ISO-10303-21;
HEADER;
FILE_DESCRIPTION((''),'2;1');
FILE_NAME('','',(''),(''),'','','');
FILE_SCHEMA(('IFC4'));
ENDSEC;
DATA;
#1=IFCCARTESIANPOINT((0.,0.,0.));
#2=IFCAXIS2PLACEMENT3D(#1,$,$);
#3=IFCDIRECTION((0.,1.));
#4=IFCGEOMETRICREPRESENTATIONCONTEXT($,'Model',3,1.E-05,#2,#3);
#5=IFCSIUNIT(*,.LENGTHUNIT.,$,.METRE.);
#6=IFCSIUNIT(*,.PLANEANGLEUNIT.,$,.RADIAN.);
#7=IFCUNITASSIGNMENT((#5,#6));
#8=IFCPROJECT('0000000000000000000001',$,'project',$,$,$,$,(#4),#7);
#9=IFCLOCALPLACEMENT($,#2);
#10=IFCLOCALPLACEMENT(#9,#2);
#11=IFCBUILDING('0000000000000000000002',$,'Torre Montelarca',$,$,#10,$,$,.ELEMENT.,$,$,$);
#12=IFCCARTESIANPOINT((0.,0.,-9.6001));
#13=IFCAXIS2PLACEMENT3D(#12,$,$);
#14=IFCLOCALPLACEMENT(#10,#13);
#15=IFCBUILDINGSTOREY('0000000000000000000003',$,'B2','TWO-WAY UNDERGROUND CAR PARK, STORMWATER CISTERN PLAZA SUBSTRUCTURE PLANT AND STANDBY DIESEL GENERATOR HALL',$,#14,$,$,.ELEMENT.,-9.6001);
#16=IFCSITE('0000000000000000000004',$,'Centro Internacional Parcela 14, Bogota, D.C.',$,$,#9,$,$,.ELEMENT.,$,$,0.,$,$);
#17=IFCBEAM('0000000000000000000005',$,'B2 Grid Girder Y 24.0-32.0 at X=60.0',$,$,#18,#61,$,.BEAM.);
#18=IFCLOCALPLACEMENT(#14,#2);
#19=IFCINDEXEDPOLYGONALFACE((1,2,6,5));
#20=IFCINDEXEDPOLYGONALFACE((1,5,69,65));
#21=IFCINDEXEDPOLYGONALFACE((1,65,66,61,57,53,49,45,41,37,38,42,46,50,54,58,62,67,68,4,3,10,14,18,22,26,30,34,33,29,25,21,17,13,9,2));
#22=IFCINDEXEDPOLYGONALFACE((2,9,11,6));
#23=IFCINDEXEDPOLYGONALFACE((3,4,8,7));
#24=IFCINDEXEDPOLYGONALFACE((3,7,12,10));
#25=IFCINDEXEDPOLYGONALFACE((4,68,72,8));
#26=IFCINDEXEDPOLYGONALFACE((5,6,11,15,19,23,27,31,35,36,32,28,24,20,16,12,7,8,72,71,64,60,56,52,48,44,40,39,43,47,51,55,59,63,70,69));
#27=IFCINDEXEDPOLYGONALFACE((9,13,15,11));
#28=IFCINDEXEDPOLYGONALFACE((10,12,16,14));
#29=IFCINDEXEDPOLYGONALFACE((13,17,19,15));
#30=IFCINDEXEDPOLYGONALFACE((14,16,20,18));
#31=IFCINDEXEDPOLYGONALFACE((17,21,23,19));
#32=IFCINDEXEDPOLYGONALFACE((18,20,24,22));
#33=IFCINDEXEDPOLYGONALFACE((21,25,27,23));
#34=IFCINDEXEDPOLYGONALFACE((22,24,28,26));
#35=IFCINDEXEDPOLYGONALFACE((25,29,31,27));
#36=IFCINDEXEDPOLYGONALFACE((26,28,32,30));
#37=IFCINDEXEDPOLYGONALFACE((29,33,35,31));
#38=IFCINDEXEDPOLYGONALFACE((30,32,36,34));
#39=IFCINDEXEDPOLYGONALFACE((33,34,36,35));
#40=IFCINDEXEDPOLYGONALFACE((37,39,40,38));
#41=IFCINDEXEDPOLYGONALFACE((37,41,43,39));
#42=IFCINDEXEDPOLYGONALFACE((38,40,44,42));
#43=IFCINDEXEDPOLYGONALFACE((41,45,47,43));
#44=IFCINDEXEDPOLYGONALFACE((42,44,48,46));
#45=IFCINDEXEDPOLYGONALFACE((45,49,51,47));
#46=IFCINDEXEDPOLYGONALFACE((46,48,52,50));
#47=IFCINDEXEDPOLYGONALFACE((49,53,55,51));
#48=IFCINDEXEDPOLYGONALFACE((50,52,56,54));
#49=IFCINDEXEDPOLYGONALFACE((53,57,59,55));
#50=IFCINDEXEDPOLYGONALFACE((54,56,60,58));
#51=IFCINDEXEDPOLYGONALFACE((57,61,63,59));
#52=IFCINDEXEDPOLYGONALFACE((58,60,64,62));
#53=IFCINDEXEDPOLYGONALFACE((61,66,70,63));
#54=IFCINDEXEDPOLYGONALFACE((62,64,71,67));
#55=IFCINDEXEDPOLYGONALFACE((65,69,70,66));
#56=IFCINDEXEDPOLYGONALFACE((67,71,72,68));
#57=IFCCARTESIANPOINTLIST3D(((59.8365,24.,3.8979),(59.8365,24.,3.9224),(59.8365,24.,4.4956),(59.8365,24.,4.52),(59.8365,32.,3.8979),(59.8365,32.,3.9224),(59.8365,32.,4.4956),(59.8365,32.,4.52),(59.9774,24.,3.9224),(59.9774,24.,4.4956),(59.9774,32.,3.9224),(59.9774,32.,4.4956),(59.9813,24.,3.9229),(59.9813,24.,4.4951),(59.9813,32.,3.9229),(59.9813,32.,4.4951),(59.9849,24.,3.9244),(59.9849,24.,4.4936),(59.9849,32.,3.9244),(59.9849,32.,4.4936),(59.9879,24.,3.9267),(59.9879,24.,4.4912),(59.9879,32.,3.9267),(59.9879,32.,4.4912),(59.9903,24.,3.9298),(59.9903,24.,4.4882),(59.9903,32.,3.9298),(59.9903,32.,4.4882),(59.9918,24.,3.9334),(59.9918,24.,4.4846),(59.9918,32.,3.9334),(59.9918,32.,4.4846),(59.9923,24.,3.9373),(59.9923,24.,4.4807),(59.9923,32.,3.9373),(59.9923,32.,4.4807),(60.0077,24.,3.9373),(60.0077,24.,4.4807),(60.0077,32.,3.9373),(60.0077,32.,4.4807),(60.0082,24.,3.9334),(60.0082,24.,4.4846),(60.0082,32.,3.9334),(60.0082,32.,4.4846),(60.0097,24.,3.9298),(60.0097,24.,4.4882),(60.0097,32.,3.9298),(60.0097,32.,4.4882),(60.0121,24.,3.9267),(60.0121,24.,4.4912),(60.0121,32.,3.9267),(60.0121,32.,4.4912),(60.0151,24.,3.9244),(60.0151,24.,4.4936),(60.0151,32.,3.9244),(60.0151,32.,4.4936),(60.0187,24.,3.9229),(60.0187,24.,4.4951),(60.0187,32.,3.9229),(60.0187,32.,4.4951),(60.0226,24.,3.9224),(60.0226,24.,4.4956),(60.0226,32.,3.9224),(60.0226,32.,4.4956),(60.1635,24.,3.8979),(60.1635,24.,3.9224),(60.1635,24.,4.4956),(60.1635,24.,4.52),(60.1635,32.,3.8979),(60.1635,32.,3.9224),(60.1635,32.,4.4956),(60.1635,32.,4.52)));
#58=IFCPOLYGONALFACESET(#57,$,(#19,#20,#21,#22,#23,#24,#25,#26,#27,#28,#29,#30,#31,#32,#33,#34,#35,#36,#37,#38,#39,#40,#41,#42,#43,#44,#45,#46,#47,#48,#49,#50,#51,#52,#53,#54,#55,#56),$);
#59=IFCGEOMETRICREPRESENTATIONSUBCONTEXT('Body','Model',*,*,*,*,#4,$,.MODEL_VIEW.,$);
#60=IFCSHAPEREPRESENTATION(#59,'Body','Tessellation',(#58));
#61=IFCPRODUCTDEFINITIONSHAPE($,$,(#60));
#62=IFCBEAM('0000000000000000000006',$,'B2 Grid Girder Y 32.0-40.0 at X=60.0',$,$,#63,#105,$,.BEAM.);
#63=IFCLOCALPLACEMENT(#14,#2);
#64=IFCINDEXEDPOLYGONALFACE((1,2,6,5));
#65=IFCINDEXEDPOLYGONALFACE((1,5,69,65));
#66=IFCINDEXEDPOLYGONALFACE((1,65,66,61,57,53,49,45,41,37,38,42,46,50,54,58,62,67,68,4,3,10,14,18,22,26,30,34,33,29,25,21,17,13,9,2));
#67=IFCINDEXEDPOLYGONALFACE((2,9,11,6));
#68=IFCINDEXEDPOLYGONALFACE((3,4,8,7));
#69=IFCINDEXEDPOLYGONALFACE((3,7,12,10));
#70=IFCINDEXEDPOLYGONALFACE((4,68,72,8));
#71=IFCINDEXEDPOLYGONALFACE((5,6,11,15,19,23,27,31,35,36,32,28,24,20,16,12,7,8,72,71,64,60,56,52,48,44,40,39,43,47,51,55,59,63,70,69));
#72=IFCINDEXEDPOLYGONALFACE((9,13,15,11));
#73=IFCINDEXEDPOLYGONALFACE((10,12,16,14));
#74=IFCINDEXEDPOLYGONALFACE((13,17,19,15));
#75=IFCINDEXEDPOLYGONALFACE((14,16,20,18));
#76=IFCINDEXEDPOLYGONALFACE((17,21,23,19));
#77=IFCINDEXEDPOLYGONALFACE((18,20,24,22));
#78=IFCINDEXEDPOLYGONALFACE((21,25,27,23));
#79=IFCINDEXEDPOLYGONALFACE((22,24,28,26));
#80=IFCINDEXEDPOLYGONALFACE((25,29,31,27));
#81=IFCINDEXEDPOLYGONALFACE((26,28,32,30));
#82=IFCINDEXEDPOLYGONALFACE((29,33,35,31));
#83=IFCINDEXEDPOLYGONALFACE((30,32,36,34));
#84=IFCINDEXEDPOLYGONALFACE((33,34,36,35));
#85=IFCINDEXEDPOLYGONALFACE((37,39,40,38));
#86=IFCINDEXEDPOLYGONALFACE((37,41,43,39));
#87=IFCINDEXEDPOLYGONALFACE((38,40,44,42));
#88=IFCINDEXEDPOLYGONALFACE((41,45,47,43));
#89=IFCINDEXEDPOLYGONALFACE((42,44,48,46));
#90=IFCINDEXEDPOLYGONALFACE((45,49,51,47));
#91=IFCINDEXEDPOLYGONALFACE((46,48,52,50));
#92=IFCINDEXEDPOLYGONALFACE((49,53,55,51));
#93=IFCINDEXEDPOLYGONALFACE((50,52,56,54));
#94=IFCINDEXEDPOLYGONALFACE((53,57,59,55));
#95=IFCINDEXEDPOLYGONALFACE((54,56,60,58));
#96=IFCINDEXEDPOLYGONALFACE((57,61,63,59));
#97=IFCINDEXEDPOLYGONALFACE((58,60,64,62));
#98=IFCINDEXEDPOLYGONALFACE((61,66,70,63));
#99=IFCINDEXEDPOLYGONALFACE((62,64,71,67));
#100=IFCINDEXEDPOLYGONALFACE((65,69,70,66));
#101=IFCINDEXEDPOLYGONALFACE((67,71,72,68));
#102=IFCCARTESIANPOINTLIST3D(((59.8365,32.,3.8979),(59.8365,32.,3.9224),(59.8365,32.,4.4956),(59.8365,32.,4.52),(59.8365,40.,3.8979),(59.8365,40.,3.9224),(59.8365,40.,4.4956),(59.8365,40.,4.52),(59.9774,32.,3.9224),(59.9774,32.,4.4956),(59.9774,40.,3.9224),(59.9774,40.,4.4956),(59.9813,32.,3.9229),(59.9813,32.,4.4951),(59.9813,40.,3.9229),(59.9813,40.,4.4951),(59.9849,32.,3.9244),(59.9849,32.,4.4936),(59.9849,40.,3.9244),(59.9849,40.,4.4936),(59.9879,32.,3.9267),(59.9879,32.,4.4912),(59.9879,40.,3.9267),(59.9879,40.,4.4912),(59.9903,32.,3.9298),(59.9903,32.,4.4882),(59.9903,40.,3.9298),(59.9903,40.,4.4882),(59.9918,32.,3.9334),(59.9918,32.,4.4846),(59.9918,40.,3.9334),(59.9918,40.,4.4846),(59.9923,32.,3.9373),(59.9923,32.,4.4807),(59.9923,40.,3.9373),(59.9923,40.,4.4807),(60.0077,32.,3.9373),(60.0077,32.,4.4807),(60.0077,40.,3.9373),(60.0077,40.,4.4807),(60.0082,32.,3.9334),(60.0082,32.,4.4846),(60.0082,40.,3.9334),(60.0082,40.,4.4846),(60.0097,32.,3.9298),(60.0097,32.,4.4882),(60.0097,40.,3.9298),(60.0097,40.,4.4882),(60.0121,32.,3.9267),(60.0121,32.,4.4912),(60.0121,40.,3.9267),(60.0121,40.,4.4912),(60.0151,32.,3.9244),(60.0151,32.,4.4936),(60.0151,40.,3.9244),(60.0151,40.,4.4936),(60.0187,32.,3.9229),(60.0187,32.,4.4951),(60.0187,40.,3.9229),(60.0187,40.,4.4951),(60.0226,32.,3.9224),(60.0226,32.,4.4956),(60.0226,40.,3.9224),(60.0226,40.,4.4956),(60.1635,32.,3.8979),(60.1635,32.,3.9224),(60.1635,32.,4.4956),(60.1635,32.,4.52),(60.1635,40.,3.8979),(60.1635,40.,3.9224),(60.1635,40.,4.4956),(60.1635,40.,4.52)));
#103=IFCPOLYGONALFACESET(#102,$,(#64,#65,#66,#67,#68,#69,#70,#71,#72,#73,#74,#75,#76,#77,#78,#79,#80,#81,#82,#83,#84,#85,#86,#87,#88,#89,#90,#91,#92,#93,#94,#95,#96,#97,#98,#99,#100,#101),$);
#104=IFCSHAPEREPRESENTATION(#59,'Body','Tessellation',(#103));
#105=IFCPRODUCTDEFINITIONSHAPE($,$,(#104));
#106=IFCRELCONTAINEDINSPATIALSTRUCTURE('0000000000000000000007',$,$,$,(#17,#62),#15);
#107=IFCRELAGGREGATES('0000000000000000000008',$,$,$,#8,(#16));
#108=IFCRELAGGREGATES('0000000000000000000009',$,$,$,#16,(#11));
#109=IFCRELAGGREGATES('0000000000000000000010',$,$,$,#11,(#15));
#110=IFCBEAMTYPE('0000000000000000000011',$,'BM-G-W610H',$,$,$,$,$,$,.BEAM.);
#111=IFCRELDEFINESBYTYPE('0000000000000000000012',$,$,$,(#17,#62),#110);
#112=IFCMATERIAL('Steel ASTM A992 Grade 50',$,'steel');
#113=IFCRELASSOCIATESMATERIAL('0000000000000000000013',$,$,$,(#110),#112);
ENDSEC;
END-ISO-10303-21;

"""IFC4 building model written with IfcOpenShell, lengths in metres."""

from ifc_helpers import new_model, si_unit, direction, frame, origin, origin_2d, place, context, subcontext, project, spatial, i_section, extrude, source, transform, mapped, material, material_profile, profile_set, type_object, element, save


model = new_model("IFC4")

# Units and contexts
model_context = context("Model", 3, precision=1e-05, world=origin(), true_north=direction((0.0, 1.0)))
body_context = subcontext(model_context, "Body", "Model", "MODEL_VIEW")
ifc_project = project(units=[si_unit("LENGTHUNIT", "METRE"), si_unit("PLANEANGLEUNIT", "RADIAN")], contexts=[model_context])

# Site, building, storey
site_placement = place(None, origin())
site = spatial("IfcSite", under=ifc_project, at=site_placement, Name="Centro Internacional Parcela 14, Bogota, D.C.", CompositionType="ELEMENT", RefElevation=0.0)
building_placement = place(site_placement, origin())
building = spatial("IfcBuilding", under=site, at=building_placement, Name="Torre Montelarca", CompositionType="ELEMENT")
storey_placement = place(building_placement, frame((0.0, 0.0, -9.6001)))
storey = spatial("IfcBuildingStorey", under=building, at=storey_placement, Name="B2", Description="TWO-WAY UNDERGROUND CAR PARK, STORMWATER CISTERN PLAZA SUBSTRUCTURE PLANT AND STANDBY DIESEL GENERATOR HALL", CompositionType="ELEMENT", Elevation=-9.6001)

# Beams
ifc_material_1 = material(Name="Steel ASTM A992 Grade 50", Category="steel")
ifc_material_profile_1 = material_profile(ifc_material_1, i_section(OverallWidth=0.3269, OverallDepth=0.6221, WebThickness=0.0154, FlangeThickness=0.0244, FilletRadius=0.0149, at=origin_2d()), Name="W610X195", Category="steel")
ifc_profile_set_1 = profile_set([ifc_material_profile_1], Name="Steel ASTM A992 Grade 50")
beam_type_1 = type_object("IfcBeamType", Name="BM-G-W610H", PredefinedType="BEAM", material=ifc_profile_set_1)
shared_shape_1 = source(origin(), body_context, "Body", "SweptSolid", [
    extrude(i_section(OverallWidth=0.3269, OverallDepth=0.6221, WebThickness=0.0154, FlangeThickness=0.0244, FilletRadius=0.0149, at=origin_2d()), origin(), (0.0, 0.0, 1.0), 8.0),
])
for number, where, z_axis, x_axis, name in (
    (1, (60.0, 24.0, 4.209), (0.0, 1.0, 0.0), (-1.0, 0.0, 0.0), "B2 Grid Girder Y 24.0-32.0 at X=60.0"),
    (2, (60.0, 32.0, 4.209), (0.0, 1.0, 0.0), (-1.0, 0.0, 0.0), "B2 Grid Girder Y 32.0-40.0 at X=60.0"),
):
    element("IfcBeam", number, at=place(storey_placement, frame(where, z_axis=z_axis, x_axis=x_axis)), inside=storey, type_object=beam_type_1, Name=name, PredefinedType="BEAM", context=body_context, shape_type="MappedRepresentation", body=[
        mapped(shared_shape_1, transform((0.0, 0.0, 0.0), scale=1.0)),
    ])

save(model, "model.ifc")
